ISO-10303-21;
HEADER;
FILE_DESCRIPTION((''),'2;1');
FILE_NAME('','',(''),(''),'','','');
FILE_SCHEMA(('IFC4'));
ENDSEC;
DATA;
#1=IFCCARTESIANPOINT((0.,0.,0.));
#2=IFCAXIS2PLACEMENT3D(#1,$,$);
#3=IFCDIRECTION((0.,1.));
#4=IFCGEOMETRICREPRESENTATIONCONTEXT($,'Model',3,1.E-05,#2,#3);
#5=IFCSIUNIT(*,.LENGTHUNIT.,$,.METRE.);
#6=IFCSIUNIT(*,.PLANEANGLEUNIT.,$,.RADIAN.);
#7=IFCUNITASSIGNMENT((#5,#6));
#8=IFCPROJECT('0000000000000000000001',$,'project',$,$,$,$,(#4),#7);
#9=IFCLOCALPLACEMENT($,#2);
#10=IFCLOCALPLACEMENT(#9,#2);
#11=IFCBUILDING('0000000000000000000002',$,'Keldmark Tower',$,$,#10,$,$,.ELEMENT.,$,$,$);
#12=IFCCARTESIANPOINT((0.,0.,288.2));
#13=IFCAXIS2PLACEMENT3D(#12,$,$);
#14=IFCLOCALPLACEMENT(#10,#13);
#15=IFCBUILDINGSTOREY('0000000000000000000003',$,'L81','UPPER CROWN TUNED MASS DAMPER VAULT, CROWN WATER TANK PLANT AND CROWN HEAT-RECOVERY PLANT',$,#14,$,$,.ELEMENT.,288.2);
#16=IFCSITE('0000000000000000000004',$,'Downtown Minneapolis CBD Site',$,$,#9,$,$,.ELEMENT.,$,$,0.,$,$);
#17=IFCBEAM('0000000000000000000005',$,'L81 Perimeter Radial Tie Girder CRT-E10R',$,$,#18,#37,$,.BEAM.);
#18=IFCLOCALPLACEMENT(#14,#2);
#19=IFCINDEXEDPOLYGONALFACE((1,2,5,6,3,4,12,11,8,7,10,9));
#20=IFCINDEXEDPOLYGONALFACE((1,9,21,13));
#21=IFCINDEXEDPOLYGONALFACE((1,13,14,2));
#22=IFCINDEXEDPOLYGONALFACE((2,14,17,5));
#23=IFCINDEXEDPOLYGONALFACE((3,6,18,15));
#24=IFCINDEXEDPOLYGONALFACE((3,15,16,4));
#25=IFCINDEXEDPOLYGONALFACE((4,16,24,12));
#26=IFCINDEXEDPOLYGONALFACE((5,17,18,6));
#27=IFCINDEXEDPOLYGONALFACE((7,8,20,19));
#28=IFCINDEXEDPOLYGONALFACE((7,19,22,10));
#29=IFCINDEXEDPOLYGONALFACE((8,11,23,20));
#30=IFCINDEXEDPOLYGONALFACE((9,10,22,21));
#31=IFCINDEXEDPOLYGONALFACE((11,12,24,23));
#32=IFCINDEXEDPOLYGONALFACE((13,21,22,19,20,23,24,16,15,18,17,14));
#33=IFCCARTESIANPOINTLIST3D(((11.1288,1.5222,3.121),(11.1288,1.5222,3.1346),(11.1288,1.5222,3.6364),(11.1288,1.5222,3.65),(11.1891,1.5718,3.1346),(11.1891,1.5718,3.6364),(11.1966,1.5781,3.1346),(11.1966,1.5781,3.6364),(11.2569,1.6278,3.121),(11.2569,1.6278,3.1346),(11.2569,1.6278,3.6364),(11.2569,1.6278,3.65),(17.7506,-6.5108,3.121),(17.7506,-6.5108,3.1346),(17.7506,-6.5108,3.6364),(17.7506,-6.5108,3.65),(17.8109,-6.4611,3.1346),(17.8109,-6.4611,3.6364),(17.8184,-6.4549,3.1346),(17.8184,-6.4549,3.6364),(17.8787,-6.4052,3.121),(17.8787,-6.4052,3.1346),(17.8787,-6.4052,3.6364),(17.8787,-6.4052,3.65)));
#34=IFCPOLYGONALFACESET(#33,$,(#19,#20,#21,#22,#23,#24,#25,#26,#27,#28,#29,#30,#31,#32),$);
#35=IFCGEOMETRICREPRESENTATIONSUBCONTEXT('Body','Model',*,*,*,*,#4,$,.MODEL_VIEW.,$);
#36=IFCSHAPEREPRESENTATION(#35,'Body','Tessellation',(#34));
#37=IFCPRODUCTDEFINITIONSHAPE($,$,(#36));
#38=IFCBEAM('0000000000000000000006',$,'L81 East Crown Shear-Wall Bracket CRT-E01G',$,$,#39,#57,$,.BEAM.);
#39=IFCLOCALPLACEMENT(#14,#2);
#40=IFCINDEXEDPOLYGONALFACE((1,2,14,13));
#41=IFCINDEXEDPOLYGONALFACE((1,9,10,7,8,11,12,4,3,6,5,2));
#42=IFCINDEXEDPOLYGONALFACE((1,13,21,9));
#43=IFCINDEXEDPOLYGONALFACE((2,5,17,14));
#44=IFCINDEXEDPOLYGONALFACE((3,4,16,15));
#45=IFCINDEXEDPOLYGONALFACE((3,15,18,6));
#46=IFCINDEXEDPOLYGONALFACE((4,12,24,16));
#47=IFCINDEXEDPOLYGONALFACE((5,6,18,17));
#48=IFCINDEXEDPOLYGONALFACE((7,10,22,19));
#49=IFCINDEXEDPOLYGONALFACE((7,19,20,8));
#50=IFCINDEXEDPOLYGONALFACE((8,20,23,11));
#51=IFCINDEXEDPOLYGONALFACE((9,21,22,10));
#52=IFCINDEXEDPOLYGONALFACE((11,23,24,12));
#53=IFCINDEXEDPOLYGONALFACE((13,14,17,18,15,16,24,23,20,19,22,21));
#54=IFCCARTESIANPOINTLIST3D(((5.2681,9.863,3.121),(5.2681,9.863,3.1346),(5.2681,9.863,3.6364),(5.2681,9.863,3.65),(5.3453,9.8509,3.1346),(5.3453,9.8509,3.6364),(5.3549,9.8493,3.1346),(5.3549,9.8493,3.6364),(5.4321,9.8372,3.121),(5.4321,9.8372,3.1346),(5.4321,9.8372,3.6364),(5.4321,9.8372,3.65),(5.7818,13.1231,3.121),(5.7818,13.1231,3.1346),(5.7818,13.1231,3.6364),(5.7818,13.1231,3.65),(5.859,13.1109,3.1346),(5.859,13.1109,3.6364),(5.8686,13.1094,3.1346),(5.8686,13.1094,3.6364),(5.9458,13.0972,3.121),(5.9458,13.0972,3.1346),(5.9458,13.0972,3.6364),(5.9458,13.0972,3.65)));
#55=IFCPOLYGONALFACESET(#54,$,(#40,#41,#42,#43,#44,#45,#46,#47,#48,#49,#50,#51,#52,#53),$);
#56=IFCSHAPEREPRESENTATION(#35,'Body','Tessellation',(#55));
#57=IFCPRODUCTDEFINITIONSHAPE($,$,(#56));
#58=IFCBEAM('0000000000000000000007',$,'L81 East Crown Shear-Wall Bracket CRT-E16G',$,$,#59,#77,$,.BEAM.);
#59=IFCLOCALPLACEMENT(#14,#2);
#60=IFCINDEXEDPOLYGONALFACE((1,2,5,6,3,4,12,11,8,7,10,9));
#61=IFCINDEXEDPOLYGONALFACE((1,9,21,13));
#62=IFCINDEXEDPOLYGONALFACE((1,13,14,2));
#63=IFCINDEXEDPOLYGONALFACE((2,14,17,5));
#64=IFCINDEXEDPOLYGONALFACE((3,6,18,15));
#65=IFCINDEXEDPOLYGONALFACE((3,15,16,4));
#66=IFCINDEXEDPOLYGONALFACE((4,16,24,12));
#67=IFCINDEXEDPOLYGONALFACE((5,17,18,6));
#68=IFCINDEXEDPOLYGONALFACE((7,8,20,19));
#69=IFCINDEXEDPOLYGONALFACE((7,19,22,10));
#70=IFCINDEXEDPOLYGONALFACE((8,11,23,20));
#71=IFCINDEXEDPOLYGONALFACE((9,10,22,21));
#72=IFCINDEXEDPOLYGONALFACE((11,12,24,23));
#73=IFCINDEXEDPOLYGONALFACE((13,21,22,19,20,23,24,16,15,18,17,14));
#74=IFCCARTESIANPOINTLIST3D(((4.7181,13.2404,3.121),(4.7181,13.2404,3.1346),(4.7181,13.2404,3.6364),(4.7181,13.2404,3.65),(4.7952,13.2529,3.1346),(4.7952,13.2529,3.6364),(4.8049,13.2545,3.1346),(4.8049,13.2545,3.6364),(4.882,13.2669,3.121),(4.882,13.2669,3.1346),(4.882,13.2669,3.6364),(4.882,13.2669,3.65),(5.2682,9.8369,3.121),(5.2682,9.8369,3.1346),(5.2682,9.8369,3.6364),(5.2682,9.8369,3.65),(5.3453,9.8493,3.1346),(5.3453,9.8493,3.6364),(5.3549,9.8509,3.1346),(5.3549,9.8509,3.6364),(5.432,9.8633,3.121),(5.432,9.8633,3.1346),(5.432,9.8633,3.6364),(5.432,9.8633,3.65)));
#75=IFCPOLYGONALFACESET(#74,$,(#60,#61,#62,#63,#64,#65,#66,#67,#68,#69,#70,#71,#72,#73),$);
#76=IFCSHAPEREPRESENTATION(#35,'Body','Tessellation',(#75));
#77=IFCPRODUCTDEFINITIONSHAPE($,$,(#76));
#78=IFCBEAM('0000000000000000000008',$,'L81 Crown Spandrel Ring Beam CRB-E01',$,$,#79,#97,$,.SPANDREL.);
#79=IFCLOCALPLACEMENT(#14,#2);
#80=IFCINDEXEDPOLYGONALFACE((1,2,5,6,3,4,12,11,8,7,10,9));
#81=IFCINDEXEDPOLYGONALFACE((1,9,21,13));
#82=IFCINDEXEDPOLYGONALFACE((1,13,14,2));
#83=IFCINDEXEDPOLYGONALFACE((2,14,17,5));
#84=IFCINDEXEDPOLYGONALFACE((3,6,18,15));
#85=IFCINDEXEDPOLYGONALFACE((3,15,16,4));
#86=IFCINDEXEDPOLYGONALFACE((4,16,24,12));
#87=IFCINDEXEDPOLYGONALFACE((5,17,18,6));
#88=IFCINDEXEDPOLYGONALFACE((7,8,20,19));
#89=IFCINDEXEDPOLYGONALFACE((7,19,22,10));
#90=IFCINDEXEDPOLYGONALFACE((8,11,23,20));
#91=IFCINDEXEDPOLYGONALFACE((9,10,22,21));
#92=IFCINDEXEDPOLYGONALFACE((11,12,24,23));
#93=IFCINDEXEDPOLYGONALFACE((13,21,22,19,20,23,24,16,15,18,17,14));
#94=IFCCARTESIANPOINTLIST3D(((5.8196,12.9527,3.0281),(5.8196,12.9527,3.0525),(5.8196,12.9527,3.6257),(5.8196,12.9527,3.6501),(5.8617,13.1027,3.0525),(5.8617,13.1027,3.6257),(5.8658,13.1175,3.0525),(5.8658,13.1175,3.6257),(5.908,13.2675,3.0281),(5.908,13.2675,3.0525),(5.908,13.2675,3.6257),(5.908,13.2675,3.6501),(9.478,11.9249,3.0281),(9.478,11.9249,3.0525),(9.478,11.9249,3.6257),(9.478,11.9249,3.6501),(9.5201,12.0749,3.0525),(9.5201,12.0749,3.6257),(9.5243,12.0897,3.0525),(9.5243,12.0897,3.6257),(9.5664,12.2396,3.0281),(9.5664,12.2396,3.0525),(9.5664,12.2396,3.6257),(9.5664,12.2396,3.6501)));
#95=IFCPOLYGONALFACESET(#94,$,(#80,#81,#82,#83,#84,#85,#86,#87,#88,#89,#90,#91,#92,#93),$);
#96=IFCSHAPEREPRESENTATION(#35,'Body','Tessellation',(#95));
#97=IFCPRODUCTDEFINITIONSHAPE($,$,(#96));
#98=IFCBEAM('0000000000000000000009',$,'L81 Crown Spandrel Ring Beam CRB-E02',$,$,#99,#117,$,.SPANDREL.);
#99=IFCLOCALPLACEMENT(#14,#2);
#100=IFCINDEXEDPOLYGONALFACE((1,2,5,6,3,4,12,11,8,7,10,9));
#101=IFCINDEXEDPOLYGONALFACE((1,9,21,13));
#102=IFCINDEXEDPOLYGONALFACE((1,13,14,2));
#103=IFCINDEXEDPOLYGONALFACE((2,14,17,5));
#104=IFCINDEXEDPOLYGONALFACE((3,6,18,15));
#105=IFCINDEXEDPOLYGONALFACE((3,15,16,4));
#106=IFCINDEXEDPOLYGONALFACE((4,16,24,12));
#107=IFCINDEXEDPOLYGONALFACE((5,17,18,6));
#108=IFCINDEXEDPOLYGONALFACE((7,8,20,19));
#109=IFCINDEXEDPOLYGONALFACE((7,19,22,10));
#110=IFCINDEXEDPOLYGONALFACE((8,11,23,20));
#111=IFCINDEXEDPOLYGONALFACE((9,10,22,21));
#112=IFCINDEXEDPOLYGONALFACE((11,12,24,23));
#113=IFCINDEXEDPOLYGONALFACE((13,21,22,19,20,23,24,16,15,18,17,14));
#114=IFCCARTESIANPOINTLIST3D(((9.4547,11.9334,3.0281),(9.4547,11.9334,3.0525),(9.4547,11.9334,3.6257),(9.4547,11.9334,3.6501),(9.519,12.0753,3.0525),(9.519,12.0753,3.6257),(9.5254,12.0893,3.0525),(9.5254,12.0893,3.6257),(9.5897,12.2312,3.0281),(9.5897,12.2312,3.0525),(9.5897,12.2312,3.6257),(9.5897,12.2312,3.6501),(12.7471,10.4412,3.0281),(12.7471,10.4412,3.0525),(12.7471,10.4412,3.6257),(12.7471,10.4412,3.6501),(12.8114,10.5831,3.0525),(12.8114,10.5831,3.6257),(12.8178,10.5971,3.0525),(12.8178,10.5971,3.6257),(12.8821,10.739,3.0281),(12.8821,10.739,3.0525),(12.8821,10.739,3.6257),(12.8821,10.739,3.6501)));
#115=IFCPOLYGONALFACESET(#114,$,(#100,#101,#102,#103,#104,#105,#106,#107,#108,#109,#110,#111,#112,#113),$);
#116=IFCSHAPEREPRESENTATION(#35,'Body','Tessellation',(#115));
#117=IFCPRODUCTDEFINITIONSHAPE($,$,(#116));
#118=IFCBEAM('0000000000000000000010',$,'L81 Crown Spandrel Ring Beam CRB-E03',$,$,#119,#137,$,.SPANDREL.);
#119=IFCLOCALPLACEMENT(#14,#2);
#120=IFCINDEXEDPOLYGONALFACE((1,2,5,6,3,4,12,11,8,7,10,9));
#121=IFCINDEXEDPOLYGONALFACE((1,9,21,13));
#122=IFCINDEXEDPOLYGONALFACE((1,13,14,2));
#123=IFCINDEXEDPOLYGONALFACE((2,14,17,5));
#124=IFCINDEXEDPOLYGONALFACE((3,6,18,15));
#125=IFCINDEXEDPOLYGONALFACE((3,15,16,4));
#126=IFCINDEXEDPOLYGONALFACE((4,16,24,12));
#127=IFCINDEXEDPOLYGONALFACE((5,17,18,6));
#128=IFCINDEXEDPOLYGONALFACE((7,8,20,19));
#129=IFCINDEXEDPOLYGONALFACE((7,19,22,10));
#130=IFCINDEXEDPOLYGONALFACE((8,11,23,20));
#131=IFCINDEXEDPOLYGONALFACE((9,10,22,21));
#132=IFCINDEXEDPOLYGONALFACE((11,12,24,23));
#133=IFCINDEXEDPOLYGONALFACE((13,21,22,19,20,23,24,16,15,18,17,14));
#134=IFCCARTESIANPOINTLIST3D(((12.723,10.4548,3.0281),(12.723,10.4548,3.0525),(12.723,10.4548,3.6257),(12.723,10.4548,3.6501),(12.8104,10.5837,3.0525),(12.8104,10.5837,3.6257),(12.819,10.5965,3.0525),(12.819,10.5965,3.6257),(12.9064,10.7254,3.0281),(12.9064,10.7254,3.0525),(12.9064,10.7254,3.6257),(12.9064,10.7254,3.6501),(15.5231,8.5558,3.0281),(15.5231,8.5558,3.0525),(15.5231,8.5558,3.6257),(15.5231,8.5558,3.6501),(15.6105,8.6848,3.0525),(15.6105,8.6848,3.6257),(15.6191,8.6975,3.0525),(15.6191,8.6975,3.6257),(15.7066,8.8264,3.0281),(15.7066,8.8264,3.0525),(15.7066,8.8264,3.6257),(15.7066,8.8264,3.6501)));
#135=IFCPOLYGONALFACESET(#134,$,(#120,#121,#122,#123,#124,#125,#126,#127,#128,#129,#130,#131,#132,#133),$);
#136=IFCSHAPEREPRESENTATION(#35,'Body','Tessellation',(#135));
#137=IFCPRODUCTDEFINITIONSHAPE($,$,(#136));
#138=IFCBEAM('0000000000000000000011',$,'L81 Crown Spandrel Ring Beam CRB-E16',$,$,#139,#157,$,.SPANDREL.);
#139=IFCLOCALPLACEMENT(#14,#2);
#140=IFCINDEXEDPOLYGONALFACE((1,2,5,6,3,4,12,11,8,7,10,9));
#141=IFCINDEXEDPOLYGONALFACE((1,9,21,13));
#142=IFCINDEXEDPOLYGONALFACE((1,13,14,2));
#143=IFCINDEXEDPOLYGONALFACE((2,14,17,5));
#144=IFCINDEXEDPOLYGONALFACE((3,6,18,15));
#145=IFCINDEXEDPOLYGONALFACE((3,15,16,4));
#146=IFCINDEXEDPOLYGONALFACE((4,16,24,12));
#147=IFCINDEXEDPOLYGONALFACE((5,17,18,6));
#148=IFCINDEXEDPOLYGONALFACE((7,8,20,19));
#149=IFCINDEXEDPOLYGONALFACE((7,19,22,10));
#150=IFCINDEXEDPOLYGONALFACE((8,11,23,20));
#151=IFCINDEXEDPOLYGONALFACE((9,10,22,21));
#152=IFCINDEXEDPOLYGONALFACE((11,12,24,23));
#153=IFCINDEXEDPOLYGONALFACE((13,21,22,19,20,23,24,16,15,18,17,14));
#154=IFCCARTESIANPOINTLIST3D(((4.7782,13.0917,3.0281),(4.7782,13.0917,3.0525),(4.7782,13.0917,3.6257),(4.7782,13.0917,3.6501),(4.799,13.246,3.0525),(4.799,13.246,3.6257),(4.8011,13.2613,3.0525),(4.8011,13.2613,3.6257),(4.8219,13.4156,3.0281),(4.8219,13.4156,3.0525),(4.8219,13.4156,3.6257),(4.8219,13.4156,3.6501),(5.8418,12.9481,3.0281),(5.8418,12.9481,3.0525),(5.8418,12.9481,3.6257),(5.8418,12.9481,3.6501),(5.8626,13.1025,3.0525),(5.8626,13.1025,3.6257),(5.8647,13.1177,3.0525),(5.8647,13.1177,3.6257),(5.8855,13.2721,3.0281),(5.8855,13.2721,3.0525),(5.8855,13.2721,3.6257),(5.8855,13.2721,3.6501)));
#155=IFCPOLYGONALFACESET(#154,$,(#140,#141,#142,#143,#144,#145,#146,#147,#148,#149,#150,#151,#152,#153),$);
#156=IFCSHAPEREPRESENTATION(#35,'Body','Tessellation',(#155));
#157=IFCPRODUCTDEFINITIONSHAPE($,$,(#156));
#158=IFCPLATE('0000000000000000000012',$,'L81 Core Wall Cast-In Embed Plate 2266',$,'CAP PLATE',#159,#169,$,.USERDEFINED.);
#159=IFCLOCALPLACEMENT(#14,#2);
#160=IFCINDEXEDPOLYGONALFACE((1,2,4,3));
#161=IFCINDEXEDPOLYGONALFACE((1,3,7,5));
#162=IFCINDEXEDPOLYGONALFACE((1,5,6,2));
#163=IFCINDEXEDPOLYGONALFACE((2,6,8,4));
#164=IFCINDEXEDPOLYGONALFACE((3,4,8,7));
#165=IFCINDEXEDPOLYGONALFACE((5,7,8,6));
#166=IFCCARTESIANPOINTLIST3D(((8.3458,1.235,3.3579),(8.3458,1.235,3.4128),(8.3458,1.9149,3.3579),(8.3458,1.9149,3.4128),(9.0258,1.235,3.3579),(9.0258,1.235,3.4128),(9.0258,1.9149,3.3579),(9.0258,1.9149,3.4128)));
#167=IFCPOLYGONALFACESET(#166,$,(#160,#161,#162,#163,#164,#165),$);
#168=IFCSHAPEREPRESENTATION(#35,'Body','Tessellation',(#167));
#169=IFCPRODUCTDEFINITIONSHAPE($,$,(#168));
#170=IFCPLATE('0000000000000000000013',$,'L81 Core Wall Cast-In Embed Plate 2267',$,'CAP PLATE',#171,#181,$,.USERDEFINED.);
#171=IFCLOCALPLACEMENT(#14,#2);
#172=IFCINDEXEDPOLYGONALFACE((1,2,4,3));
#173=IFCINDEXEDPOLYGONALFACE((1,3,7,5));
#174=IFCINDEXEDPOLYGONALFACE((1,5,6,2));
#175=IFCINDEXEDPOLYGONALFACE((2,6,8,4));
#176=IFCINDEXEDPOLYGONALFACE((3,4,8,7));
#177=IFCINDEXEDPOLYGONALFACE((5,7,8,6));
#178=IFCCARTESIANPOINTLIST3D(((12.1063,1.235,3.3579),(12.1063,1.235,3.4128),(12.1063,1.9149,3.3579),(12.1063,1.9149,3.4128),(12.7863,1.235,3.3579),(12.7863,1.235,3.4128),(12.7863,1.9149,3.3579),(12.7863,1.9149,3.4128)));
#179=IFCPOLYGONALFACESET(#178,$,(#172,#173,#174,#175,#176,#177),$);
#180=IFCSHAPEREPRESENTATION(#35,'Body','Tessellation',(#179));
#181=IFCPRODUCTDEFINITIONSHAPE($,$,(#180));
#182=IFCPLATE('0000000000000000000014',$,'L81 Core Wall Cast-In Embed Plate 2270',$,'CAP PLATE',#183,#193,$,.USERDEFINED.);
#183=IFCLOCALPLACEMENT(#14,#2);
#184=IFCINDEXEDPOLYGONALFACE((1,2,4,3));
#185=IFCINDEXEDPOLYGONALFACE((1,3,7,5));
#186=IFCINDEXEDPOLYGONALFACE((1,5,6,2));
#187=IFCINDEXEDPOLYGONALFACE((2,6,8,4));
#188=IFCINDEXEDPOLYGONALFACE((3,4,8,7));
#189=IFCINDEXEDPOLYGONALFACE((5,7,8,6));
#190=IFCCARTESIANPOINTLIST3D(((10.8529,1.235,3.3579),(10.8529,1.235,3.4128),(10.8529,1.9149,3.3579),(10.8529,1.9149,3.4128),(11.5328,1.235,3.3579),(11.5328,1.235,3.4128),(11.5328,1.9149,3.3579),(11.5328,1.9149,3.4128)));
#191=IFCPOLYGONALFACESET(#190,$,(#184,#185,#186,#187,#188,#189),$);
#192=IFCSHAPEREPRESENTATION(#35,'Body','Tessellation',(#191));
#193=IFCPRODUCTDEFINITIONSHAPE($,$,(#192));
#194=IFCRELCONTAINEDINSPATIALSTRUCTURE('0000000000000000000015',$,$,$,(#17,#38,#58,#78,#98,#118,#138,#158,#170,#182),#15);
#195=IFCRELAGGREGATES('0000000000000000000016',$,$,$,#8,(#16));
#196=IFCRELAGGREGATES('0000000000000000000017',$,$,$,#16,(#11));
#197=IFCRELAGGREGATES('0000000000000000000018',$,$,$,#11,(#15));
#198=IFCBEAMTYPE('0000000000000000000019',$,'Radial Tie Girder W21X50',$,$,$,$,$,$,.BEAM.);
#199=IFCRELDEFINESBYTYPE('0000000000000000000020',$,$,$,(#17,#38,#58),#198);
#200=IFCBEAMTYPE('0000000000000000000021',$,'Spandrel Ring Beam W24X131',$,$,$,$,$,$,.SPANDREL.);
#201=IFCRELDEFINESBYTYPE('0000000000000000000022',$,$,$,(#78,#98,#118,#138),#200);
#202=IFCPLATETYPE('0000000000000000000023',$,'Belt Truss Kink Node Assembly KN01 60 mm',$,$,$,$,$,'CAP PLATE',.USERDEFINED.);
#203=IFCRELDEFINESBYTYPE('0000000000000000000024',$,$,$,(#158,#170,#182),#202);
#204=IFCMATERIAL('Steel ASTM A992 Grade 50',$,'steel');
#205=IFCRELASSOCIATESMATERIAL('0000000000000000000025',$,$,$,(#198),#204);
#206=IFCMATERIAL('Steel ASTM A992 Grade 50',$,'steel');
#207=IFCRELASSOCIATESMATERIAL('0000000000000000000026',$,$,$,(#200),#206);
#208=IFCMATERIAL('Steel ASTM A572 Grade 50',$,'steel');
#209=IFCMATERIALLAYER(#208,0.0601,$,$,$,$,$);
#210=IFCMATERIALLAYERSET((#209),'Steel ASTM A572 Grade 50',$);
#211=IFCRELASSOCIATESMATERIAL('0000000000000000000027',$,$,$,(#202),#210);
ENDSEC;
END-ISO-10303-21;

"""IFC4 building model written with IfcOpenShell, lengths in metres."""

from ifc_helpers import new_model, si_unit, direction, frame, origin, origin_2d, place, context, subcontext, project, spatial, rectangle, i_section, extrude, material, layer, layer_set, material_profile, profile_set, type_object, element, save


model = new_model("IFC4")

# Units and contexts
model_context = context("Model", 3, precision=1e-05, world=origin(), true_north=direction((0.0, 1.0)))
body_context = subcontext(model_context, "Body", "Model", "MODEL_VIEW")
ifc_project = project(units=[si_unit("LENGTHUNIT", "METRE"), si_unit("PLANEANGLEUNIT", "RADIAN")], contexts=[model_context])

# Site, building, storey
site_placement = place(None, origin())
site = spatial("IfcSite", under=ifc_project, at=site_placement, Name="Downtown Minneapolis CBD Site", CompositionType="ELEMENT", RefElevation=0.0)
building_placement = place(site_placement, origin())
building = spatial("IfcBuilding", under=site, at=building_placement, Name="Keldmark Tower", CompositionType="ELEMENT")
storey_placement = place(building_placement, frame((0.0, 0.0, 288.2)))
storey = spatial("IfcBuildingStorey", under=building, at=storey_placement, Name="L81", Description="UPPER CROWN TUNED MASS DAMPER VAULT, CROWN WATER TANK PLANT AND CROWN HEAT-RECOVERY PLANT", CompositionType="ELEMENT", Elevation=288.2)

# Beams
ifc_material_1 = material(Name="Steel ASTM A992 Grade 50", Category="steel")
ifc_material_profile_1 = material_profile(ifc_material_1, i_section(OverallWidth=0.166, OverallDepth=0.5291, WebThickness=0.0098, FlangeThickness=0.0137, at=origin_2d()), Name="W21X50")
ifc_profile_set_1 = profile_set([ifc_material_profile_1], Name="Steel ASTM A992 Grade 50")
beam_type_1 = type_object("IfcBeamType", Name="Radial Tie Girder W21X50", PredefinedType="BEAM", material=ifc_profile_set_1)
beam_1_placement = place(storey_placement, frame((11.1929, 1.575, 3.3855), z_axis=(0.636076, -0.771626, 0.0), x_axis=(0.771626, 0.636076, 0.0)))
element("IfcBeam", 1, at=beam_1_placement, inside=storey, type_object=beam_type_1, Name="L81 Perimeter Radial Tie Girder CRT-E10R", PredefinedType="BEAM", context=body_context, shape_type="SweptSolid", body=[
    extrude(i_section(OverallWidth=0.166, OverallDepth=0.5291, WebThickness=0.0098, FlangeThickness=0.0137, at=origin_2d()), origin(), (0.0, 0.0, 1.0), 10.4104),
])
beam_2_placement = place(storey_placement, frame((5.3501, 9.8501, 3.3855), z_axis=(0.155647, 0.987813, 0.0), x_axis=(-0.987813, 0.155647, 0.0)))
element("IfcBeam", 2, at=beam_2_placement, inside=storey, type_object=beam_type_1, Name="L81 East Crown Shear-Wall Bracket CRT-E01G", PredefinedType="BEAM", context=body_context, shape_type="SweptSolid", body=[
    extrude(i_section(OverallWidth=0.166, OverallDepth=0.5291, WebThickness=0.0098, FlangeThickness=0.0137, at=origin_2d()), origin(), (0.0, 0.0, 1.0), 3.3003),
])
beam_3_placement = place(storey_placement, frame((5.3501, 9.8501, 3.3855), z_axis=(-0.15954, 0.987192, 0.0), x_axis=(-0.987192, -0.15954, 0.0)))
element("IfcBeam", 3, at=beam_3_placement, inside=storey, type_object=beam_type_1, Name="L81 East Crown Shear-Wall Bracket CRT-E16G", PredefinedType="BEAM", context=body_context, shape_type="SweptSolid", body=[
    extrude(i_section(OverallWidth=0.166, OverallDepth=0.5291, WebThickness=0.0098, FlangeThickness=0.0137, at=origin_2d()), origin(), (0.0, 0.0, 1.0), 3.4478),
])
ifc_material_2 = material(Name="Steel ASTM A992 Grade 50", Category="steel")
ifc_material_profile_2 = material_profile(ifc_material_2, i_section(OverallWidth=0.3269, OverallDepth=0.6221, WebThickness=0.0154, FlangeThickness=0.0244, at=origin_2d()), Name="W24X131")
ifc_profile_set_2 = profile_set([ifc_material_profile_2], Name="Steel ASTM A992 Grade 50")
beam_type_2 = type_object("IfcBeamType", Name="Spandrel Ring Beam W24X131", PredefinedType="SPANDREL", material=ifc_profile_set_2)
beam_4_placement = place(storey_placement, frame((5.8638, 13.1101, 3.3391), z_axis=(0.962727, -0.270476, 0.0), x_axis=(0.270476, 0.962727, 0.0)))
element("IfcBeam", 4, at=beam_4_placement, inside=storey, type_object=beam_type_2, Name="L81 Crown Spandrel Ring Beam CRB-E01", PredefinedType="SPANDREL", context=body_context, shape_type="SweptSolid", body=[
    extrude(i_section(OverallWidth=0.3269, OverallDepth=0.6221, WebThickness=0.0154, FlangeThickness=0.0244, at=origin_2d()), origin(), (0.0, 0.0, 1.0), 3.8),
])
beam_5_placement = place(storey_placement, frame((9.5222, 12.0823, 3.3391), z_axis=(0.910824, -0.412795, 0.0), x_axis=(0.412795, 0.910824, 0.0)))
element("IfcBeam", 5, at=beam_5_placement, inside=storey, type_object=beam_type_2, Name="L81 Crown Spandrel Ring Beam CRB-E02", PredefinedType="SPANDREL", context=body_context, shape_type="SweptSolid", body=[
    extrude(i_section(OverallWidth=0.3269, OverallDepth=0.6221, WebThickness=0.0154, FlangeThickness=0.0244, at=origin_2d()), origin(), (0.0, 0.0, 1.0), 3.6147),
])
beam_6_placement = place(storey_placement, frame((12.8147, 10.5901, 3.3391), z_axis=(0.827628, -0.561277, 0.0), x_axis=(0.561277, 0.827628, 0.0)))
element("IfcBeam", 6, at=beam_6_placement, inside=storey, type_object=beam_type_2, Name="L81 Crown Spandrel Ring Beam CRB-E03", PredefinedType="SPANDREL", context=body_context, shape_type="SweptSolid", body=[
    extrude(i_section(OverallWidth=0.3269, OverallDepth=0.6221, WebThickness=0.0154, FlangeThickness=0.0244, at=origin_2d()), origin(), (0.0, 0.0, 1.0), 3.3833),
])
beam_7_placement = place(storey_placement, frame((4.8, 13.2537, 3.3391), z_axis=(0.991016, -0.133743, 0.0), x_axis=(0.133743, 0.991016, 0.0)))
element("IfcBeam", 7, at=beam_7_placement, inside=storey, type_object=beam_type_2, Name="L81 Crown Spandrel Ring Beam CRB-E16", PredefinedType="SPANDREL", context=body_context, shape_type="SweptSolid", body=[
    extrude(i_section(OverallWidth=0.3269, OverallDepth=0.6221, WebThickness=0.0154, FlangeThickness=0.0244, at=origin_2d()), origin(), (0.0, 0.0, 1.0), 1.0732),
])

# Plates
ifc_material_3 = material(Name="Steel ASTM A572 Grade 50", Category="steel")
ifc_layer_1 = layer(ifc_material_3, 0.0601)
ifc_layer_set_1 = layer_set([ifc_layer_1], Name="Steel ASTM A572 Grade 50")
plate_type_1 = type_object("IfcPlateType", Name="Belt Truss Kink Node Assembly KN01 60 mm", ElementType="CAP PLATE", PredefinedType="USERDEFINED", material=ifc_layer_set_1)
for number, where, z_axis, x_axis, name in (
    (8, (8.6858, 1.575, 3.3579), (0.0, 0.0, 1.0), (1.0, 0.0, 0.0), "L81 Core Wall Cast-In Embed Plate 2266"),
    (9, (12.4463, 1.575, 3.3579), (0.0, 0.0, 1.0), (1.0, 0.0, 0.0), "L81 Core Wall Cast-In Embed Plate 2267"),
    (10, (11.1929, 1.575, 3.3579), (0.0, 0.0, 1.0), (1.0, 0.0, 0.0), "L81 Core Wall Cast-In Embed Plate 2270"),
):
    element("IfcPlate", number, at=place(storey_placement, frame(where, z_axis=z_axis, x_axis=x_axis)), inside=storey, type_object=plate_type_1, Name=name, ObjectType="CAP PLATE", PredefinedType="USERDEFINED", context=body_context, shape_type="SweptSolid", body=[
        extrude(rectangle(XDim=0.6799, YDim=0.6799, at=origin_2d()), origin(), (0.0, 0.0, 1.0), 0.0549),
    ])

save(model, "model.ifc")
